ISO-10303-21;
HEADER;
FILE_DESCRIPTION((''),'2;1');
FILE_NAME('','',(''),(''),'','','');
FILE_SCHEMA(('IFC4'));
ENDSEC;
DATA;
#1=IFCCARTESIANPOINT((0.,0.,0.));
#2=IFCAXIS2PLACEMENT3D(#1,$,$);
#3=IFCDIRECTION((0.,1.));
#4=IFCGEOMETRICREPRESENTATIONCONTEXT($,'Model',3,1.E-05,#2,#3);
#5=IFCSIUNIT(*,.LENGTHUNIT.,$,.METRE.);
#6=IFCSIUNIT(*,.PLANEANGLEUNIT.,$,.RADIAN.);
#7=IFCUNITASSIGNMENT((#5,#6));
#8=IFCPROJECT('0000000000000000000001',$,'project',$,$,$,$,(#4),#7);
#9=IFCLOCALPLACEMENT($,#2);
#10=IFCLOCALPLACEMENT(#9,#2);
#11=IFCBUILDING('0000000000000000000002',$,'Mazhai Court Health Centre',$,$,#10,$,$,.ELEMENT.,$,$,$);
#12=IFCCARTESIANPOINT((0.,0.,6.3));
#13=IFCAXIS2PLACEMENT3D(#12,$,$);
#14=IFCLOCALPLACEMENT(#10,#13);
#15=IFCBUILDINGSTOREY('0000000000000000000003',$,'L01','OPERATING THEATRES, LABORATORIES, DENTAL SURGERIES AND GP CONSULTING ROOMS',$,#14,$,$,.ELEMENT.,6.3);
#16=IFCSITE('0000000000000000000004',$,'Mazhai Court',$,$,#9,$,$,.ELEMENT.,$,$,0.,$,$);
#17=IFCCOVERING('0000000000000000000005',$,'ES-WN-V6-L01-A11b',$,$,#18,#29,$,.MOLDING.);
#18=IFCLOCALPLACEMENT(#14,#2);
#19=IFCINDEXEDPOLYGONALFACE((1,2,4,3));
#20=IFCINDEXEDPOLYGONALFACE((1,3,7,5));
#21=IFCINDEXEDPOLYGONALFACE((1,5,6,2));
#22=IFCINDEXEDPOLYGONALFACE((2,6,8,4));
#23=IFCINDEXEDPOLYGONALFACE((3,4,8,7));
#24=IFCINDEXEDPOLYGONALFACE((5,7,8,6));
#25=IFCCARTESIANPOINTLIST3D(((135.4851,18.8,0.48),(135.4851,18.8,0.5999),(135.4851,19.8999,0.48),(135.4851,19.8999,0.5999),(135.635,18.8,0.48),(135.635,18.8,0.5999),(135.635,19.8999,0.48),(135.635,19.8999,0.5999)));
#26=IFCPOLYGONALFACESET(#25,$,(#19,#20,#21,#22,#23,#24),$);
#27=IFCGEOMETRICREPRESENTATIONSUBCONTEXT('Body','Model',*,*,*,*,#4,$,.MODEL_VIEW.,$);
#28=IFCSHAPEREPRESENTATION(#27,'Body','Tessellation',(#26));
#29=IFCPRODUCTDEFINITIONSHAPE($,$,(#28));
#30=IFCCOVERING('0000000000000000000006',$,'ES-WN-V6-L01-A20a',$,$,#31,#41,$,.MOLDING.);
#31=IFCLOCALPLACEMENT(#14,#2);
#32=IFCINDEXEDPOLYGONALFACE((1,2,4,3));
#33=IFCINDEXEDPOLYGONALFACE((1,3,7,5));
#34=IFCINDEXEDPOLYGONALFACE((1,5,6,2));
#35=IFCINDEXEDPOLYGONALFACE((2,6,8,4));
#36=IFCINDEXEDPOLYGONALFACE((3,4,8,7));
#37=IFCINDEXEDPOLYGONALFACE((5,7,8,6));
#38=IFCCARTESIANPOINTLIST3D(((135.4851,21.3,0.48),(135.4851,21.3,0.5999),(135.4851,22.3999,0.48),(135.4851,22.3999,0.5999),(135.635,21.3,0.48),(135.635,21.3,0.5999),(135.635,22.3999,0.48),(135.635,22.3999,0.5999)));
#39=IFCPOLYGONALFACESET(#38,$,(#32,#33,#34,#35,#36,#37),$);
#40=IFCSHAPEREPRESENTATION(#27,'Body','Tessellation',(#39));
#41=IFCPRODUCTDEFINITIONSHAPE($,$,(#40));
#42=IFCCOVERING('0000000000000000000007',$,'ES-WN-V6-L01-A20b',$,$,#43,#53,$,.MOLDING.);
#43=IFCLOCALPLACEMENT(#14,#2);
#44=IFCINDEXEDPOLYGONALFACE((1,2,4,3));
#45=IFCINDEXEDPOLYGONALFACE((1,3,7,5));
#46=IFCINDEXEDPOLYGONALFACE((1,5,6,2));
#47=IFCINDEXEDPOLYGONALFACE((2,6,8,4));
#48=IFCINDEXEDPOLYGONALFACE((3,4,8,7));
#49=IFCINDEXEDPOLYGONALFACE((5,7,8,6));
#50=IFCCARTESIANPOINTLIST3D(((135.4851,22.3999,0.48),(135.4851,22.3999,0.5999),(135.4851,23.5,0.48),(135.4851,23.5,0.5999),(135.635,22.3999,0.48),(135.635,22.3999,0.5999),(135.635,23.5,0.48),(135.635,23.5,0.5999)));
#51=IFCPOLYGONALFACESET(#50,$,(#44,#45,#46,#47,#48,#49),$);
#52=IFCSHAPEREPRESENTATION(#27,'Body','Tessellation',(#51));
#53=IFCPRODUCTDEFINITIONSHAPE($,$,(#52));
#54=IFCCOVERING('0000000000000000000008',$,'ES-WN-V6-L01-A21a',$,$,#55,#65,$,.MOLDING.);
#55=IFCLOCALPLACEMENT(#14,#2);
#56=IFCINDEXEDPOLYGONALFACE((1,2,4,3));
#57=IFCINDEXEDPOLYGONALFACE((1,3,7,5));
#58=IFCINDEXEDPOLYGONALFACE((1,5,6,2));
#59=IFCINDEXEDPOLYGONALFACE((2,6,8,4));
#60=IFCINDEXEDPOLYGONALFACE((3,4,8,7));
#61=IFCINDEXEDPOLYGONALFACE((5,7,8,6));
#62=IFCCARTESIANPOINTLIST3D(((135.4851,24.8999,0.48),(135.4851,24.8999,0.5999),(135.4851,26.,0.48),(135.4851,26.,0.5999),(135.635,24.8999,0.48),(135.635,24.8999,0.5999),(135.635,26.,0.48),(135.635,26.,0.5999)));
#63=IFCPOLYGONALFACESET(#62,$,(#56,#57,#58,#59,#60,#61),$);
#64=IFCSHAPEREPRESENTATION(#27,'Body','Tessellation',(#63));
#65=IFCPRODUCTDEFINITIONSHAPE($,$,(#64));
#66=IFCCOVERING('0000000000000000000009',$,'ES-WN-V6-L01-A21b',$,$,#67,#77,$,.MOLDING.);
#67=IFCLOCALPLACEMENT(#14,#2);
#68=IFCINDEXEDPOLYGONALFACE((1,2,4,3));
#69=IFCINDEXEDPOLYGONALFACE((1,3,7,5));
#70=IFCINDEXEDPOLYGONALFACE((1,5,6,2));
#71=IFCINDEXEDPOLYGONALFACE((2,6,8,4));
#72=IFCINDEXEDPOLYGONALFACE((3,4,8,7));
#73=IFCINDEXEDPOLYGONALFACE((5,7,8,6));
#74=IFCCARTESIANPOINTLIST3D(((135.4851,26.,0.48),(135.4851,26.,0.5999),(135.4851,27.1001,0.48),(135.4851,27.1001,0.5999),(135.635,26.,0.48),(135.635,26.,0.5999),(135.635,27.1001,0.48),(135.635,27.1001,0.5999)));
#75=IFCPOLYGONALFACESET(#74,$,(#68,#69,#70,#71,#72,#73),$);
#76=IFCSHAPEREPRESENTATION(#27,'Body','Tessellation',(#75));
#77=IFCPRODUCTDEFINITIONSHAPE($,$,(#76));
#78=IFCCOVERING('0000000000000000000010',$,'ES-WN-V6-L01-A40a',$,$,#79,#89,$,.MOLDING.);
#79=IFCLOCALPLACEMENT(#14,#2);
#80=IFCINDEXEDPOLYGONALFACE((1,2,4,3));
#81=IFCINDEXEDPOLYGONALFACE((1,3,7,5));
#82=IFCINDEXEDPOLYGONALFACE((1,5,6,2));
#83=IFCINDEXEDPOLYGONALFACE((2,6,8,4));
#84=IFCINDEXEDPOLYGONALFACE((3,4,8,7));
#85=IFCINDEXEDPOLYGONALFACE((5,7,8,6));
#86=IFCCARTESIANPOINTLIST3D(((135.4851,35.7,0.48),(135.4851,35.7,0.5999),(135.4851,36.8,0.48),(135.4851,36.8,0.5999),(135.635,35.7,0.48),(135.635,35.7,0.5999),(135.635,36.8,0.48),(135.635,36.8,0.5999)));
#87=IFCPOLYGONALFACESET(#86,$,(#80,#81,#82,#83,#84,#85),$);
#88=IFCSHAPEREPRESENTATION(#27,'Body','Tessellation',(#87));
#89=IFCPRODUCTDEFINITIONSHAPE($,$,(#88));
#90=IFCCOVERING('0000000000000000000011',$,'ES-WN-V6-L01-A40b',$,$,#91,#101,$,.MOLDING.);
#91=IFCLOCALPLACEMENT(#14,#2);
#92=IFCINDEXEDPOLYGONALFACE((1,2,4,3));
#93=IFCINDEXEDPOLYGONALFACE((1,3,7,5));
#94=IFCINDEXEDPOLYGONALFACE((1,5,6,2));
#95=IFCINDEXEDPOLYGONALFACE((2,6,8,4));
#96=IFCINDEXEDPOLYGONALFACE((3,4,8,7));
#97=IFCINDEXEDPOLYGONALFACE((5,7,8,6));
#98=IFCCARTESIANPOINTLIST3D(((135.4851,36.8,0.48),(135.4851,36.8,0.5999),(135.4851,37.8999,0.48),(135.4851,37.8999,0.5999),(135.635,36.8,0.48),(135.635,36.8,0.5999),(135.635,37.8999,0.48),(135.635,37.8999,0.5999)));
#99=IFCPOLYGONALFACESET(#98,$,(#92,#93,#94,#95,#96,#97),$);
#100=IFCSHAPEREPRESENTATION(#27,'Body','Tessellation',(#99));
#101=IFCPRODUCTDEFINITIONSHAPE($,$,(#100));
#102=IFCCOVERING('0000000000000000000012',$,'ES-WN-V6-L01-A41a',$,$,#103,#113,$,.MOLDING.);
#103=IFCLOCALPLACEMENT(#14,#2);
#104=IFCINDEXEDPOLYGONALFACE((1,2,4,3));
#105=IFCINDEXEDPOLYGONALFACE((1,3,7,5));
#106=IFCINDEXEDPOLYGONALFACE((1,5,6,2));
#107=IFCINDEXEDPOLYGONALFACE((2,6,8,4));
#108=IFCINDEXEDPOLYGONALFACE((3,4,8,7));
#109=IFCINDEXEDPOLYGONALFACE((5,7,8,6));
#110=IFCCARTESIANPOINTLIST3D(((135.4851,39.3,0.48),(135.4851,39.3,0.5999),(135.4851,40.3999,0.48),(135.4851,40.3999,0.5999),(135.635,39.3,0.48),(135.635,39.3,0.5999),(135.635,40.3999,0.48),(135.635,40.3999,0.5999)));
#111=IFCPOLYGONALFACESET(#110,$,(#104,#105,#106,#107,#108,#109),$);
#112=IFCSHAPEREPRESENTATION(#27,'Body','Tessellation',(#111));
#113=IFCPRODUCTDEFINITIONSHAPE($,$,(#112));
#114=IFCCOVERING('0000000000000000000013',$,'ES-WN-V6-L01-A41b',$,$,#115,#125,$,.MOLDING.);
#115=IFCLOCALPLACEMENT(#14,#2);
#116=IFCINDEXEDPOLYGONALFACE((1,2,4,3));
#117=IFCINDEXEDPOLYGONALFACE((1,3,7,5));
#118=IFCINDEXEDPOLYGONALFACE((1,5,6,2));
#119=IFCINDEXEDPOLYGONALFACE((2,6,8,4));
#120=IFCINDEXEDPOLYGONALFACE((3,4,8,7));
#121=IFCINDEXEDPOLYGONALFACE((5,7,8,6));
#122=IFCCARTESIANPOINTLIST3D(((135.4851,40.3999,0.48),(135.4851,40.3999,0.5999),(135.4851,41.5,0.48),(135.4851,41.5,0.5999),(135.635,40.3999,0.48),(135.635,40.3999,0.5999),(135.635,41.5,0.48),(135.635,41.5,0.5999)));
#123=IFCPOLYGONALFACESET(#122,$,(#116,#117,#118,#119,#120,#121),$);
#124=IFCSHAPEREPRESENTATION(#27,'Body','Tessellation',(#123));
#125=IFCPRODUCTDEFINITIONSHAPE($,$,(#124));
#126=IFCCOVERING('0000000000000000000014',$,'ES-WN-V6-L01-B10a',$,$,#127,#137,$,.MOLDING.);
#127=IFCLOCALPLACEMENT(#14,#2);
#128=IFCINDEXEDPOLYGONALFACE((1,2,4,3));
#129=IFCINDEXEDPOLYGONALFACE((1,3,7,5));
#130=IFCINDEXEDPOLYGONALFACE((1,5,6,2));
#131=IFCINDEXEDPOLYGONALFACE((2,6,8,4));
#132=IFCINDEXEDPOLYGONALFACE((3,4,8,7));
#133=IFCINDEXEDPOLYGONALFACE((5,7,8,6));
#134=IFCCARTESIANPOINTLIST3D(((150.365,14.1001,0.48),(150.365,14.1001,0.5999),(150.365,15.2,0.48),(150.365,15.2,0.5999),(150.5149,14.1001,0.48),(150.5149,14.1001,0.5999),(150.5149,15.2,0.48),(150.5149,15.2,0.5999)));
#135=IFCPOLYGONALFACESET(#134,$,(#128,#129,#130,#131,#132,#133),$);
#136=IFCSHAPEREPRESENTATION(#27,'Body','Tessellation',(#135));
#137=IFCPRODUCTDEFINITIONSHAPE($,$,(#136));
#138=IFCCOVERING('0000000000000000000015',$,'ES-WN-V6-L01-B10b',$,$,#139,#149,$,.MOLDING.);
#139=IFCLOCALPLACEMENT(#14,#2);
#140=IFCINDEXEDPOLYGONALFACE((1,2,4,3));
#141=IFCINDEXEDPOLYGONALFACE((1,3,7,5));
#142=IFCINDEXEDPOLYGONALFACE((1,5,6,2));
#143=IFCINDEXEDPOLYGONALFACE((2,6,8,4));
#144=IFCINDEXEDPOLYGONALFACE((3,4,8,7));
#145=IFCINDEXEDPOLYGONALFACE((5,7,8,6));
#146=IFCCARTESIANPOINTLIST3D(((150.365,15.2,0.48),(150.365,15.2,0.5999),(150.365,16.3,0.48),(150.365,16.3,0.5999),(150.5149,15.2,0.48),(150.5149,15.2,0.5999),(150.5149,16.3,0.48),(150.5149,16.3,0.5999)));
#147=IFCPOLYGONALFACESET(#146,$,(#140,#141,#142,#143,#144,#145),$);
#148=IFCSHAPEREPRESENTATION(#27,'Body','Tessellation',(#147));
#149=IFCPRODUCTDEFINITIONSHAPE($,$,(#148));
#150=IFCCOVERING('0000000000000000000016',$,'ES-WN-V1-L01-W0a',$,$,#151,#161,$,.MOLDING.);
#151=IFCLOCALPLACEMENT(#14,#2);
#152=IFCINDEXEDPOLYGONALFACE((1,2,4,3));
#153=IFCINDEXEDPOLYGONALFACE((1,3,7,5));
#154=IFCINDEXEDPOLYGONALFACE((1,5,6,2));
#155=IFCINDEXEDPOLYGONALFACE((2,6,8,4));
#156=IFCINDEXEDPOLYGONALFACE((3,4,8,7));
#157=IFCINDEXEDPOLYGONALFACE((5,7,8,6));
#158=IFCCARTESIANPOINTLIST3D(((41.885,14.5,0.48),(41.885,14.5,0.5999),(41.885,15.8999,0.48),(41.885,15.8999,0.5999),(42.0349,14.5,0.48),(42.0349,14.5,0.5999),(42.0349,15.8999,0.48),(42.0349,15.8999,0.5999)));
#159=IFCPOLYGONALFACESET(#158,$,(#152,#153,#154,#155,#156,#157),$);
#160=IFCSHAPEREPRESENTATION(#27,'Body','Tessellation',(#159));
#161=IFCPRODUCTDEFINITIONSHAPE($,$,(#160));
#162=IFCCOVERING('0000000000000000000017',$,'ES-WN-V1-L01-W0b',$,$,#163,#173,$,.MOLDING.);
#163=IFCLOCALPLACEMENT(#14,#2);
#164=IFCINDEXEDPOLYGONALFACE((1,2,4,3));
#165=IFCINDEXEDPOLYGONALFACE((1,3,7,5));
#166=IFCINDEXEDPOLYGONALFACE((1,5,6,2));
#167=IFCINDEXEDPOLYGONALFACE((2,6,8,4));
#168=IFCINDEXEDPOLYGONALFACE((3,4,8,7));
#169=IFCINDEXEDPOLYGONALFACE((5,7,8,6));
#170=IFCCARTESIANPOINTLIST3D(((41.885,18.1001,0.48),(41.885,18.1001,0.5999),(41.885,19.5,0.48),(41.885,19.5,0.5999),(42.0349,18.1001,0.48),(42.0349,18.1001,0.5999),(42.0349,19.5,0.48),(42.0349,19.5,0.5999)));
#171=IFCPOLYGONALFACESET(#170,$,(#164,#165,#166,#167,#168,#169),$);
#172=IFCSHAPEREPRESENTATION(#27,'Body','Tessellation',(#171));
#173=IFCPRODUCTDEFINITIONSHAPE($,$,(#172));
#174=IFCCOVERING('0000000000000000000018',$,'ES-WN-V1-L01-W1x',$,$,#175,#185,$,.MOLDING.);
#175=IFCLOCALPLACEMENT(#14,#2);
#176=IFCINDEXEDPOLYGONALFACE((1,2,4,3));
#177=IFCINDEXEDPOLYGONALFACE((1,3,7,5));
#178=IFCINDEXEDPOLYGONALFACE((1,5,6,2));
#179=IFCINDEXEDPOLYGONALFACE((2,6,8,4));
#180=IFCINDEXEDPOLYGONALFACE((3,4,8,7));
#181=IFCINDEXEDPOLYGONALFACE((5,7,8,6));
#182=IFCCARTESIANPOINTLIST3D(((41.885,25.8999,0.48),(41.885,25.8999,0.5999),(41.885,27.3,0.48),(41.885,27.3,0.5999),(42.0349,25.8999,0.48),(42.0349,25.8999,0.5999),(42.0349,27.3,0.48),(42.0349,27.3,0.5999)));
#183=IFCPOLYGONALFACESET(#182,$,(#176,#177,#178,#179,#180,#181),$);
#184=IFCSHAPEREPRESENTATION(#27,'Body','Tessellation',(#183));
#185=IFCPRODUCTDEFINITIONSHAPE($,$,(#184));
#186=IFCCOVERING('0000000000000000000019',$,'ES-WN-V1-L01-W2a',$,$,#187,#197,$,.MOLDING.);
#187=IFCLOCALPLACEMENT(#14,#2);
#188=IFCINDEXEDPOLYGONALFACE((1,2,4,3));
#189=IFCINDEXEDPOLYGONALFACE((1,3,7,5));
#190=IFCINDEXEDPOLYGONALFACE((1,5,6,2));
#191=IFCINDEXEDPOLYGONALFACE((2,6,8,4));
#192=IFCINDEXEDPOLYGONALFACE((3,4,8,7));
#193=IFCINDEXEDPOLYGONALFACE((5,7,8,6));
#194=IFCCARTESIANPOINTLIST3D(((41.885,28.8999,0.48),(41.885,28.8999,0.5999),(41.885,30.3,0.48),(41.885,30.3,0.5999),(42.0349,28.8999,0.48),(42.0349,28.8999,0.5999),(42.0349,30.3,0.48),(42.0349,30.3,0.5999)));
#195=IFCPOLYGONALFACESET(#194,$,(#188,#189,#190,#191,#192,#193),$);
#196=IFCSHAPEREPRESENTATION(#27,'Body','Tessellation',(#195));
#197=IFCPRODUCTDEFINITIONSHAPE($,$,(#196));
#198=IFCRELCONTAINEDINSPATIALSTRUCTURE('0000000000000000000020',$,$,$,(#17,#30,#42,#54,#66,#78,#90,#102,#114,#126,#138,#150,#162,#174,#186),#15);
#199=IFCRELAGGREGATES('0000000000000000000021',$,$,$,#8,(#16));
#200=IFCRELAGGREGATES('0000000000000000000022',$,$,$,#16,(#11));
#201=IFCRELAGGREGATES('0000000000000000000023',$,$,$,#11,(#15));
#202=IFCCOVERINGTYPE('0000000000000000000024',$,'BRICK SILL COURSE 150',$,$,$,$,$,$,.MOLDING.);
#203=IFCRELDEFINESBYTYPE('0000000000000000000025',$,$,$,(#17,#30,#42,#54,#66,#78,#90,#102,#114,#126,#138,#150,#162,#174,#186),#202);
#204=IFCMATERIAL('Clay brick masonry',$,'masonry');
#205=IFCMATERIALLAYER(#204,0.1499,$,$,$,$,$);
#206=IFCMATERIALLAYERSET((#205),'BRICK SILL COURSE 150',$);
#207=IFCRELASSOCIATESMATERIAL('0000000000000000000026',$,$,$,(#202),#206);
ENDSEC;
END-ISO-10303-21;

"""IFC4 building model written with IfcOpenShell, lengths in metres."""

from ifc_helpers import new_model, si_unit, direction, frame, origin, place, context, subcontext, project, spatial, polyline, outline, extrude, material, layer, layer_set, type_object, element, save


model = new_model("IFC4")

# Units and contexts
model_context = context("Model", 3, precision=1e-05, world=origin(), true_north=direction((0.0, 1.0)))
body_context = subcontext(model_context, "Body", "Model", "MODEL_VIEW")
ifc_project = project(units=[si_unit("LENGTHUNIT", "METRE"), si_unit("PLANEANGLEUNIT", "RADIAN")], contexts=[model_context])

# Site, building, storey
site_placement = place(None, origin())
site = spatial("IfcSite", under=ifc_project, at=site_placement, Name="Mazhai Court", CompositionType="ELEMENT", RefElevation=0.0)
building_placement = place(site_placement, origin())
building = spatial("IfcBuilding", under=site, at=building_placement, Name="Mazhai Court Health Centre", CompositionType="ELEMENT")
storey_placement = place(building_placement, frame((0.0, 0.0, 6.3)))
storey = spatial("IfcBuildingStorey", under=building, at=storey_placement, Name="L01", Description="OPERATING THEATRES, LABORATORIES, DENTAL SURGERIES AND GP CONSULTING ROOMS", CompositionType="ELEMENT", Elevation=6.3)

# Coverings
ifc_material = material(Name="Clay brick masonry", Category="masonry")
ifc_layer = layer(ifc_material, 0.1499)
ifc_layer_set = layer_set([ifc_layer], Name="BRICK SILL COURSE 150")
covering_type = type_object("IfcCoveringType", Name="BRICK SILL COURSE 150", PredefinedType="MOLDING", material=ifc_layer_set)
covering_1_placement = place(storey_placement, frame((0.0, 0.0, 0.48)))
element("IfcCovering", 1, at=covering_1_placement, inside=storey, type_object=covering_type, Name="ES-WN-V6-L01-A11b", PredefinedType="MOLDING", context=body_context, shape_type="SweptSolid", body=[
    extrude(outline(polyline([(135.635, 18.8), (135.635, 19.8999), (135.4851, 19.8999), (135.4851, 18.8), (135.635, 18.8)])), origin(), (0.0, 0.0, 1.0), 0.1199),
])
covering_2_placement = place(storey_placement, frame((0.0, 0.0, 0.48)))
element("IfcCovering", 2, at=covering_2_placement, inside=storey, type_object=covering_type, Name="ES-WN-V6-L01-A20a", PredefinedType="MOLDING", context=body_context, shape_type="SweptSolid", body=[
    extrude(outline(polyline([(135.635, 21.3), (135.635, 22.3999), (135.4851, 22.3999), (135.4851, 21.3), (135.635, 21.3)])), origin(), (0.0, 0.0, 1.0), 0.1199),
])
covering_3_placement = place(storey_placement, frame((0.0, 0.0, 0.48)))
element("IfcCovering", 3, at=covering_3_placement, inside=storey, type_object=covering_type, Name="ES-WN-V6-L01-A20b", PredefinedType="MOLDING", context=body_context, shape_type="SweptSolid", body=[
    extrude(outline(polyline([(135.635, 22.3999), (135.635, 23.5), (135.4851, 23.5), (135.4851, 22.3999), (135.635, 22.3999)])), origin(), (0.0, 0.0, 1.0), 0.1199),
])
covering_4_placement = place(storey_placement, frame((0.0, 0.0, 0.48)))
element("IfcCovering", 4, at=covering_4_placement, inside=storey, type_object=covering_type, Name="ES-WN-V6-L01-A21a", PredefinedType="MOLDING", context=body_context, shape_type="SweptSolid", body=[
    extrude(outline(polyline([(135.635, 24.8999), (135.635, 26.0), (135.4851, 26.0), (135.4851, 24.8999), (135.635, 24.8999)])), origin(), (0.0, 0.0, 1.0), 0.1199),
])
covering_5_placement = place(storey_placement, frame((0.0, 0.0, 0.48)))
element("IfcCovering", 5, at=covering_5_placement, inside=storey, type_object=covering_type, Name="ES-WN-V6-L01-A21b", PredefinedType="MOLDING", context=body_context, shape_type="SweptSolid", body=[
    extrude(outline(polyline([(135.635, 26.0), (135.635, 27.1001), (135.4851, 27.1001), (135.4851, 26.0), (135.635, 26.0)])), origin(), (0.0, 0.0, 1.0), 0.1199),
])
covering_6_placement = place(storey_placement, frame((0.0, 0.0, 0.48)))
element("IfcCovering", 6, at=covering_6_placement, inside=storey, type_object=covering_type, Name="ES-WN-V6-L01-A40a", PredefinedType="MOLDING", context=body_context, shape_type="SweptSolid", body=[
    extrude(outline(polyline([(135.635, 35.7), (135.635, 36.8), (135.4851, 36.8), (135.4851, 35.7), (135.635, 35.7)])), origin(), (0.0, 0.0, 1.0), 0.1199),
])
covering_7_placement = place(storey_placement, frame((0.0, 0.0, 0.48)))
element("IfcCovering", 7, at=covering_7_placement, inside=storey, type_object=covering_type, Name="ES-WN-V6-L01-A40b", PredefinedType="MOLDING", context=body_context, shape_type="SweptSolid", body=[
    extrude(outline(polyline([(135.635, 36.8), (135.635, 37.8999), (135.4851, 37.8999), (135.4851, 36.8), (135.635, 36.8)])), origin(), (0.0, 0.0, 1.0), 0.1199),
])
covering_8_placement = place(storey_placement, frame((0.0, 0.0, 0.48)))
element("IfcCovering", 8, at=covering_8_placement, inside=storey, type_object=covering_type, Name="ES-WN-V6-L01-A41a", PredefinedType="MOLDING", context=body_context, shape_type="SweptSolid", body=[
    extrude(outline(polyline([(135.635, 39.3), (135.635, 40.3999), (135.4851, 40.3999), (135.4851, 39.3), (135.635, 39.3)])), origin(), (0.0, 0.0, 1.0), 0.1199),
])
covering_9_placement = place(storey_placement, frame((0.0, 0.0, 0.48)))
element("IfcCovering", 9, at=covering_9_placement, inside=storey, type_object=covering_type, Name="ES-WN-V6-L01-A41b", PredefinedType="MOLDING", context=body_context, shape_type="SweptSolid", body=[
    extrude(outline(polyline([(135.635, 40.3999), (135.635, 41.5), (135.4851, 41.5), (135.4851, 40.3999), (135.635, 40.3999)])), origin(), (0.0, 0.0, 1.0), 0.1199),
])
covering_10_placement = place(storey_placement, frame((0.0, 0.0, 0.48)))
element("IfcCovering", 10, at=covering_10_placement, inside=storey, type_object=covering_type, Name="ES-WN-V6-L01-B10a", PredefinedType="MOLDING", context=body_context, shape_type="SweptSolid", body=[
    extrude(outline(polyline([(150.365, 15.2), (150.365, 14.1001), (150.5149, 14.1001), (150.5149, 15.2), (150.365, 15.2)])), origin(), (0.0, 0.0, 1.0), 0.1199),
])
covering_11_placement = place(storey_placement, frame((0.0, 0.0, 0.48)))
element("IfcCovering", 11, at=covering_11_placement, inside=storey, type_object=covering_type, Name="ES-WN-V6-L01-B10b", PredefinedType="MOLDING", context=body_context, shape_type="SweptSolid", body=[
    extrude(outline(polyline([(150.365, 16.3), (150.365, 15.2), (150.5149, 15.2), (150.5149, 16.3), (150.365, 16.3)])), origin(), (0.0, 0.0, 1.0), 0.1199),
])
covering_12_placement = place(storey_placement, frame((0.0, 0.0, 0.48)))
element("IfcCovering", 12, at=covering_12_placement, inside=storey, type_object=covering_type, Name="ES-WN-V1-L01-W0a", PredefinedType="MOLDING", context=body_context, shape_type="SweptSolid", body=[
    extrude(outline(polyline([(42.0349, 14.5), (42.0349, 15.8999), (41.885, 15.8999), (41.885, 14.5), (42.0349, 14.5)])), origin(), (0.0, 0.0, 1.0), 0.1199),
])
covering_13_placement = place(storey_placement, frame((0.0, 0.0, 0.48)))
element("IfcCovering", 13, at=covering_13_placement, inside=storey, type_object=covering_type, Name="ES-WN-V1-L01-W0b", PredefinedType="MOLDING", context=body_context, shape_type="SweptSolid", body=[
    extrude(outline(polyline([(42.0349, 18.1001), (42.0349, 19.5), (41.885, 19.5), (41.885, 18.1001), (42.0349, 18.1001)])), origin(), (0.0, 0.0, 1.0), 0.1199),
])
covering_14_placement = place(storey_placement, frame((0.0, 0.0, 0.48)))
element("IfcCovering", 14, at=covering_14_placement, inside=storey, type_object=covering_type, Name="ES-WN-V1-L01-W1x", PredefinedType="MOLDING", context=body_context, shape_type="SweptSolid", body=[
    extrude(outline(polyline([(42.0349, 25.8999), (42.0349, 27.3), (41.885, 27.3), (41.885, 25.8999), (42.0349, 25.8999)])), origin(), (0.0, 0.0, 1.0), 0.1199),
])
covering_15_placement = place(storey_placement, frame((0.0, 0.0, 0.48)))
element("IfcCovering", 15, at=covering_15_placement, inside=storey, type_object=covering_type, Name="ES-WN-V1-L01-W2a", PredefinedType="MOLDING", context=body_context, shape_type="SweptSolid", body=[
    extrude(outline(polyline([(42.0349, 28.8999), (42.0349, 30.3), (41.885, 30.3), (41.885, 28.8999), (42.0349, 28.8999)])), origin(), (0.0, 0.0, 1.0), 0.1199),
])

save(model, "model.ifc")
